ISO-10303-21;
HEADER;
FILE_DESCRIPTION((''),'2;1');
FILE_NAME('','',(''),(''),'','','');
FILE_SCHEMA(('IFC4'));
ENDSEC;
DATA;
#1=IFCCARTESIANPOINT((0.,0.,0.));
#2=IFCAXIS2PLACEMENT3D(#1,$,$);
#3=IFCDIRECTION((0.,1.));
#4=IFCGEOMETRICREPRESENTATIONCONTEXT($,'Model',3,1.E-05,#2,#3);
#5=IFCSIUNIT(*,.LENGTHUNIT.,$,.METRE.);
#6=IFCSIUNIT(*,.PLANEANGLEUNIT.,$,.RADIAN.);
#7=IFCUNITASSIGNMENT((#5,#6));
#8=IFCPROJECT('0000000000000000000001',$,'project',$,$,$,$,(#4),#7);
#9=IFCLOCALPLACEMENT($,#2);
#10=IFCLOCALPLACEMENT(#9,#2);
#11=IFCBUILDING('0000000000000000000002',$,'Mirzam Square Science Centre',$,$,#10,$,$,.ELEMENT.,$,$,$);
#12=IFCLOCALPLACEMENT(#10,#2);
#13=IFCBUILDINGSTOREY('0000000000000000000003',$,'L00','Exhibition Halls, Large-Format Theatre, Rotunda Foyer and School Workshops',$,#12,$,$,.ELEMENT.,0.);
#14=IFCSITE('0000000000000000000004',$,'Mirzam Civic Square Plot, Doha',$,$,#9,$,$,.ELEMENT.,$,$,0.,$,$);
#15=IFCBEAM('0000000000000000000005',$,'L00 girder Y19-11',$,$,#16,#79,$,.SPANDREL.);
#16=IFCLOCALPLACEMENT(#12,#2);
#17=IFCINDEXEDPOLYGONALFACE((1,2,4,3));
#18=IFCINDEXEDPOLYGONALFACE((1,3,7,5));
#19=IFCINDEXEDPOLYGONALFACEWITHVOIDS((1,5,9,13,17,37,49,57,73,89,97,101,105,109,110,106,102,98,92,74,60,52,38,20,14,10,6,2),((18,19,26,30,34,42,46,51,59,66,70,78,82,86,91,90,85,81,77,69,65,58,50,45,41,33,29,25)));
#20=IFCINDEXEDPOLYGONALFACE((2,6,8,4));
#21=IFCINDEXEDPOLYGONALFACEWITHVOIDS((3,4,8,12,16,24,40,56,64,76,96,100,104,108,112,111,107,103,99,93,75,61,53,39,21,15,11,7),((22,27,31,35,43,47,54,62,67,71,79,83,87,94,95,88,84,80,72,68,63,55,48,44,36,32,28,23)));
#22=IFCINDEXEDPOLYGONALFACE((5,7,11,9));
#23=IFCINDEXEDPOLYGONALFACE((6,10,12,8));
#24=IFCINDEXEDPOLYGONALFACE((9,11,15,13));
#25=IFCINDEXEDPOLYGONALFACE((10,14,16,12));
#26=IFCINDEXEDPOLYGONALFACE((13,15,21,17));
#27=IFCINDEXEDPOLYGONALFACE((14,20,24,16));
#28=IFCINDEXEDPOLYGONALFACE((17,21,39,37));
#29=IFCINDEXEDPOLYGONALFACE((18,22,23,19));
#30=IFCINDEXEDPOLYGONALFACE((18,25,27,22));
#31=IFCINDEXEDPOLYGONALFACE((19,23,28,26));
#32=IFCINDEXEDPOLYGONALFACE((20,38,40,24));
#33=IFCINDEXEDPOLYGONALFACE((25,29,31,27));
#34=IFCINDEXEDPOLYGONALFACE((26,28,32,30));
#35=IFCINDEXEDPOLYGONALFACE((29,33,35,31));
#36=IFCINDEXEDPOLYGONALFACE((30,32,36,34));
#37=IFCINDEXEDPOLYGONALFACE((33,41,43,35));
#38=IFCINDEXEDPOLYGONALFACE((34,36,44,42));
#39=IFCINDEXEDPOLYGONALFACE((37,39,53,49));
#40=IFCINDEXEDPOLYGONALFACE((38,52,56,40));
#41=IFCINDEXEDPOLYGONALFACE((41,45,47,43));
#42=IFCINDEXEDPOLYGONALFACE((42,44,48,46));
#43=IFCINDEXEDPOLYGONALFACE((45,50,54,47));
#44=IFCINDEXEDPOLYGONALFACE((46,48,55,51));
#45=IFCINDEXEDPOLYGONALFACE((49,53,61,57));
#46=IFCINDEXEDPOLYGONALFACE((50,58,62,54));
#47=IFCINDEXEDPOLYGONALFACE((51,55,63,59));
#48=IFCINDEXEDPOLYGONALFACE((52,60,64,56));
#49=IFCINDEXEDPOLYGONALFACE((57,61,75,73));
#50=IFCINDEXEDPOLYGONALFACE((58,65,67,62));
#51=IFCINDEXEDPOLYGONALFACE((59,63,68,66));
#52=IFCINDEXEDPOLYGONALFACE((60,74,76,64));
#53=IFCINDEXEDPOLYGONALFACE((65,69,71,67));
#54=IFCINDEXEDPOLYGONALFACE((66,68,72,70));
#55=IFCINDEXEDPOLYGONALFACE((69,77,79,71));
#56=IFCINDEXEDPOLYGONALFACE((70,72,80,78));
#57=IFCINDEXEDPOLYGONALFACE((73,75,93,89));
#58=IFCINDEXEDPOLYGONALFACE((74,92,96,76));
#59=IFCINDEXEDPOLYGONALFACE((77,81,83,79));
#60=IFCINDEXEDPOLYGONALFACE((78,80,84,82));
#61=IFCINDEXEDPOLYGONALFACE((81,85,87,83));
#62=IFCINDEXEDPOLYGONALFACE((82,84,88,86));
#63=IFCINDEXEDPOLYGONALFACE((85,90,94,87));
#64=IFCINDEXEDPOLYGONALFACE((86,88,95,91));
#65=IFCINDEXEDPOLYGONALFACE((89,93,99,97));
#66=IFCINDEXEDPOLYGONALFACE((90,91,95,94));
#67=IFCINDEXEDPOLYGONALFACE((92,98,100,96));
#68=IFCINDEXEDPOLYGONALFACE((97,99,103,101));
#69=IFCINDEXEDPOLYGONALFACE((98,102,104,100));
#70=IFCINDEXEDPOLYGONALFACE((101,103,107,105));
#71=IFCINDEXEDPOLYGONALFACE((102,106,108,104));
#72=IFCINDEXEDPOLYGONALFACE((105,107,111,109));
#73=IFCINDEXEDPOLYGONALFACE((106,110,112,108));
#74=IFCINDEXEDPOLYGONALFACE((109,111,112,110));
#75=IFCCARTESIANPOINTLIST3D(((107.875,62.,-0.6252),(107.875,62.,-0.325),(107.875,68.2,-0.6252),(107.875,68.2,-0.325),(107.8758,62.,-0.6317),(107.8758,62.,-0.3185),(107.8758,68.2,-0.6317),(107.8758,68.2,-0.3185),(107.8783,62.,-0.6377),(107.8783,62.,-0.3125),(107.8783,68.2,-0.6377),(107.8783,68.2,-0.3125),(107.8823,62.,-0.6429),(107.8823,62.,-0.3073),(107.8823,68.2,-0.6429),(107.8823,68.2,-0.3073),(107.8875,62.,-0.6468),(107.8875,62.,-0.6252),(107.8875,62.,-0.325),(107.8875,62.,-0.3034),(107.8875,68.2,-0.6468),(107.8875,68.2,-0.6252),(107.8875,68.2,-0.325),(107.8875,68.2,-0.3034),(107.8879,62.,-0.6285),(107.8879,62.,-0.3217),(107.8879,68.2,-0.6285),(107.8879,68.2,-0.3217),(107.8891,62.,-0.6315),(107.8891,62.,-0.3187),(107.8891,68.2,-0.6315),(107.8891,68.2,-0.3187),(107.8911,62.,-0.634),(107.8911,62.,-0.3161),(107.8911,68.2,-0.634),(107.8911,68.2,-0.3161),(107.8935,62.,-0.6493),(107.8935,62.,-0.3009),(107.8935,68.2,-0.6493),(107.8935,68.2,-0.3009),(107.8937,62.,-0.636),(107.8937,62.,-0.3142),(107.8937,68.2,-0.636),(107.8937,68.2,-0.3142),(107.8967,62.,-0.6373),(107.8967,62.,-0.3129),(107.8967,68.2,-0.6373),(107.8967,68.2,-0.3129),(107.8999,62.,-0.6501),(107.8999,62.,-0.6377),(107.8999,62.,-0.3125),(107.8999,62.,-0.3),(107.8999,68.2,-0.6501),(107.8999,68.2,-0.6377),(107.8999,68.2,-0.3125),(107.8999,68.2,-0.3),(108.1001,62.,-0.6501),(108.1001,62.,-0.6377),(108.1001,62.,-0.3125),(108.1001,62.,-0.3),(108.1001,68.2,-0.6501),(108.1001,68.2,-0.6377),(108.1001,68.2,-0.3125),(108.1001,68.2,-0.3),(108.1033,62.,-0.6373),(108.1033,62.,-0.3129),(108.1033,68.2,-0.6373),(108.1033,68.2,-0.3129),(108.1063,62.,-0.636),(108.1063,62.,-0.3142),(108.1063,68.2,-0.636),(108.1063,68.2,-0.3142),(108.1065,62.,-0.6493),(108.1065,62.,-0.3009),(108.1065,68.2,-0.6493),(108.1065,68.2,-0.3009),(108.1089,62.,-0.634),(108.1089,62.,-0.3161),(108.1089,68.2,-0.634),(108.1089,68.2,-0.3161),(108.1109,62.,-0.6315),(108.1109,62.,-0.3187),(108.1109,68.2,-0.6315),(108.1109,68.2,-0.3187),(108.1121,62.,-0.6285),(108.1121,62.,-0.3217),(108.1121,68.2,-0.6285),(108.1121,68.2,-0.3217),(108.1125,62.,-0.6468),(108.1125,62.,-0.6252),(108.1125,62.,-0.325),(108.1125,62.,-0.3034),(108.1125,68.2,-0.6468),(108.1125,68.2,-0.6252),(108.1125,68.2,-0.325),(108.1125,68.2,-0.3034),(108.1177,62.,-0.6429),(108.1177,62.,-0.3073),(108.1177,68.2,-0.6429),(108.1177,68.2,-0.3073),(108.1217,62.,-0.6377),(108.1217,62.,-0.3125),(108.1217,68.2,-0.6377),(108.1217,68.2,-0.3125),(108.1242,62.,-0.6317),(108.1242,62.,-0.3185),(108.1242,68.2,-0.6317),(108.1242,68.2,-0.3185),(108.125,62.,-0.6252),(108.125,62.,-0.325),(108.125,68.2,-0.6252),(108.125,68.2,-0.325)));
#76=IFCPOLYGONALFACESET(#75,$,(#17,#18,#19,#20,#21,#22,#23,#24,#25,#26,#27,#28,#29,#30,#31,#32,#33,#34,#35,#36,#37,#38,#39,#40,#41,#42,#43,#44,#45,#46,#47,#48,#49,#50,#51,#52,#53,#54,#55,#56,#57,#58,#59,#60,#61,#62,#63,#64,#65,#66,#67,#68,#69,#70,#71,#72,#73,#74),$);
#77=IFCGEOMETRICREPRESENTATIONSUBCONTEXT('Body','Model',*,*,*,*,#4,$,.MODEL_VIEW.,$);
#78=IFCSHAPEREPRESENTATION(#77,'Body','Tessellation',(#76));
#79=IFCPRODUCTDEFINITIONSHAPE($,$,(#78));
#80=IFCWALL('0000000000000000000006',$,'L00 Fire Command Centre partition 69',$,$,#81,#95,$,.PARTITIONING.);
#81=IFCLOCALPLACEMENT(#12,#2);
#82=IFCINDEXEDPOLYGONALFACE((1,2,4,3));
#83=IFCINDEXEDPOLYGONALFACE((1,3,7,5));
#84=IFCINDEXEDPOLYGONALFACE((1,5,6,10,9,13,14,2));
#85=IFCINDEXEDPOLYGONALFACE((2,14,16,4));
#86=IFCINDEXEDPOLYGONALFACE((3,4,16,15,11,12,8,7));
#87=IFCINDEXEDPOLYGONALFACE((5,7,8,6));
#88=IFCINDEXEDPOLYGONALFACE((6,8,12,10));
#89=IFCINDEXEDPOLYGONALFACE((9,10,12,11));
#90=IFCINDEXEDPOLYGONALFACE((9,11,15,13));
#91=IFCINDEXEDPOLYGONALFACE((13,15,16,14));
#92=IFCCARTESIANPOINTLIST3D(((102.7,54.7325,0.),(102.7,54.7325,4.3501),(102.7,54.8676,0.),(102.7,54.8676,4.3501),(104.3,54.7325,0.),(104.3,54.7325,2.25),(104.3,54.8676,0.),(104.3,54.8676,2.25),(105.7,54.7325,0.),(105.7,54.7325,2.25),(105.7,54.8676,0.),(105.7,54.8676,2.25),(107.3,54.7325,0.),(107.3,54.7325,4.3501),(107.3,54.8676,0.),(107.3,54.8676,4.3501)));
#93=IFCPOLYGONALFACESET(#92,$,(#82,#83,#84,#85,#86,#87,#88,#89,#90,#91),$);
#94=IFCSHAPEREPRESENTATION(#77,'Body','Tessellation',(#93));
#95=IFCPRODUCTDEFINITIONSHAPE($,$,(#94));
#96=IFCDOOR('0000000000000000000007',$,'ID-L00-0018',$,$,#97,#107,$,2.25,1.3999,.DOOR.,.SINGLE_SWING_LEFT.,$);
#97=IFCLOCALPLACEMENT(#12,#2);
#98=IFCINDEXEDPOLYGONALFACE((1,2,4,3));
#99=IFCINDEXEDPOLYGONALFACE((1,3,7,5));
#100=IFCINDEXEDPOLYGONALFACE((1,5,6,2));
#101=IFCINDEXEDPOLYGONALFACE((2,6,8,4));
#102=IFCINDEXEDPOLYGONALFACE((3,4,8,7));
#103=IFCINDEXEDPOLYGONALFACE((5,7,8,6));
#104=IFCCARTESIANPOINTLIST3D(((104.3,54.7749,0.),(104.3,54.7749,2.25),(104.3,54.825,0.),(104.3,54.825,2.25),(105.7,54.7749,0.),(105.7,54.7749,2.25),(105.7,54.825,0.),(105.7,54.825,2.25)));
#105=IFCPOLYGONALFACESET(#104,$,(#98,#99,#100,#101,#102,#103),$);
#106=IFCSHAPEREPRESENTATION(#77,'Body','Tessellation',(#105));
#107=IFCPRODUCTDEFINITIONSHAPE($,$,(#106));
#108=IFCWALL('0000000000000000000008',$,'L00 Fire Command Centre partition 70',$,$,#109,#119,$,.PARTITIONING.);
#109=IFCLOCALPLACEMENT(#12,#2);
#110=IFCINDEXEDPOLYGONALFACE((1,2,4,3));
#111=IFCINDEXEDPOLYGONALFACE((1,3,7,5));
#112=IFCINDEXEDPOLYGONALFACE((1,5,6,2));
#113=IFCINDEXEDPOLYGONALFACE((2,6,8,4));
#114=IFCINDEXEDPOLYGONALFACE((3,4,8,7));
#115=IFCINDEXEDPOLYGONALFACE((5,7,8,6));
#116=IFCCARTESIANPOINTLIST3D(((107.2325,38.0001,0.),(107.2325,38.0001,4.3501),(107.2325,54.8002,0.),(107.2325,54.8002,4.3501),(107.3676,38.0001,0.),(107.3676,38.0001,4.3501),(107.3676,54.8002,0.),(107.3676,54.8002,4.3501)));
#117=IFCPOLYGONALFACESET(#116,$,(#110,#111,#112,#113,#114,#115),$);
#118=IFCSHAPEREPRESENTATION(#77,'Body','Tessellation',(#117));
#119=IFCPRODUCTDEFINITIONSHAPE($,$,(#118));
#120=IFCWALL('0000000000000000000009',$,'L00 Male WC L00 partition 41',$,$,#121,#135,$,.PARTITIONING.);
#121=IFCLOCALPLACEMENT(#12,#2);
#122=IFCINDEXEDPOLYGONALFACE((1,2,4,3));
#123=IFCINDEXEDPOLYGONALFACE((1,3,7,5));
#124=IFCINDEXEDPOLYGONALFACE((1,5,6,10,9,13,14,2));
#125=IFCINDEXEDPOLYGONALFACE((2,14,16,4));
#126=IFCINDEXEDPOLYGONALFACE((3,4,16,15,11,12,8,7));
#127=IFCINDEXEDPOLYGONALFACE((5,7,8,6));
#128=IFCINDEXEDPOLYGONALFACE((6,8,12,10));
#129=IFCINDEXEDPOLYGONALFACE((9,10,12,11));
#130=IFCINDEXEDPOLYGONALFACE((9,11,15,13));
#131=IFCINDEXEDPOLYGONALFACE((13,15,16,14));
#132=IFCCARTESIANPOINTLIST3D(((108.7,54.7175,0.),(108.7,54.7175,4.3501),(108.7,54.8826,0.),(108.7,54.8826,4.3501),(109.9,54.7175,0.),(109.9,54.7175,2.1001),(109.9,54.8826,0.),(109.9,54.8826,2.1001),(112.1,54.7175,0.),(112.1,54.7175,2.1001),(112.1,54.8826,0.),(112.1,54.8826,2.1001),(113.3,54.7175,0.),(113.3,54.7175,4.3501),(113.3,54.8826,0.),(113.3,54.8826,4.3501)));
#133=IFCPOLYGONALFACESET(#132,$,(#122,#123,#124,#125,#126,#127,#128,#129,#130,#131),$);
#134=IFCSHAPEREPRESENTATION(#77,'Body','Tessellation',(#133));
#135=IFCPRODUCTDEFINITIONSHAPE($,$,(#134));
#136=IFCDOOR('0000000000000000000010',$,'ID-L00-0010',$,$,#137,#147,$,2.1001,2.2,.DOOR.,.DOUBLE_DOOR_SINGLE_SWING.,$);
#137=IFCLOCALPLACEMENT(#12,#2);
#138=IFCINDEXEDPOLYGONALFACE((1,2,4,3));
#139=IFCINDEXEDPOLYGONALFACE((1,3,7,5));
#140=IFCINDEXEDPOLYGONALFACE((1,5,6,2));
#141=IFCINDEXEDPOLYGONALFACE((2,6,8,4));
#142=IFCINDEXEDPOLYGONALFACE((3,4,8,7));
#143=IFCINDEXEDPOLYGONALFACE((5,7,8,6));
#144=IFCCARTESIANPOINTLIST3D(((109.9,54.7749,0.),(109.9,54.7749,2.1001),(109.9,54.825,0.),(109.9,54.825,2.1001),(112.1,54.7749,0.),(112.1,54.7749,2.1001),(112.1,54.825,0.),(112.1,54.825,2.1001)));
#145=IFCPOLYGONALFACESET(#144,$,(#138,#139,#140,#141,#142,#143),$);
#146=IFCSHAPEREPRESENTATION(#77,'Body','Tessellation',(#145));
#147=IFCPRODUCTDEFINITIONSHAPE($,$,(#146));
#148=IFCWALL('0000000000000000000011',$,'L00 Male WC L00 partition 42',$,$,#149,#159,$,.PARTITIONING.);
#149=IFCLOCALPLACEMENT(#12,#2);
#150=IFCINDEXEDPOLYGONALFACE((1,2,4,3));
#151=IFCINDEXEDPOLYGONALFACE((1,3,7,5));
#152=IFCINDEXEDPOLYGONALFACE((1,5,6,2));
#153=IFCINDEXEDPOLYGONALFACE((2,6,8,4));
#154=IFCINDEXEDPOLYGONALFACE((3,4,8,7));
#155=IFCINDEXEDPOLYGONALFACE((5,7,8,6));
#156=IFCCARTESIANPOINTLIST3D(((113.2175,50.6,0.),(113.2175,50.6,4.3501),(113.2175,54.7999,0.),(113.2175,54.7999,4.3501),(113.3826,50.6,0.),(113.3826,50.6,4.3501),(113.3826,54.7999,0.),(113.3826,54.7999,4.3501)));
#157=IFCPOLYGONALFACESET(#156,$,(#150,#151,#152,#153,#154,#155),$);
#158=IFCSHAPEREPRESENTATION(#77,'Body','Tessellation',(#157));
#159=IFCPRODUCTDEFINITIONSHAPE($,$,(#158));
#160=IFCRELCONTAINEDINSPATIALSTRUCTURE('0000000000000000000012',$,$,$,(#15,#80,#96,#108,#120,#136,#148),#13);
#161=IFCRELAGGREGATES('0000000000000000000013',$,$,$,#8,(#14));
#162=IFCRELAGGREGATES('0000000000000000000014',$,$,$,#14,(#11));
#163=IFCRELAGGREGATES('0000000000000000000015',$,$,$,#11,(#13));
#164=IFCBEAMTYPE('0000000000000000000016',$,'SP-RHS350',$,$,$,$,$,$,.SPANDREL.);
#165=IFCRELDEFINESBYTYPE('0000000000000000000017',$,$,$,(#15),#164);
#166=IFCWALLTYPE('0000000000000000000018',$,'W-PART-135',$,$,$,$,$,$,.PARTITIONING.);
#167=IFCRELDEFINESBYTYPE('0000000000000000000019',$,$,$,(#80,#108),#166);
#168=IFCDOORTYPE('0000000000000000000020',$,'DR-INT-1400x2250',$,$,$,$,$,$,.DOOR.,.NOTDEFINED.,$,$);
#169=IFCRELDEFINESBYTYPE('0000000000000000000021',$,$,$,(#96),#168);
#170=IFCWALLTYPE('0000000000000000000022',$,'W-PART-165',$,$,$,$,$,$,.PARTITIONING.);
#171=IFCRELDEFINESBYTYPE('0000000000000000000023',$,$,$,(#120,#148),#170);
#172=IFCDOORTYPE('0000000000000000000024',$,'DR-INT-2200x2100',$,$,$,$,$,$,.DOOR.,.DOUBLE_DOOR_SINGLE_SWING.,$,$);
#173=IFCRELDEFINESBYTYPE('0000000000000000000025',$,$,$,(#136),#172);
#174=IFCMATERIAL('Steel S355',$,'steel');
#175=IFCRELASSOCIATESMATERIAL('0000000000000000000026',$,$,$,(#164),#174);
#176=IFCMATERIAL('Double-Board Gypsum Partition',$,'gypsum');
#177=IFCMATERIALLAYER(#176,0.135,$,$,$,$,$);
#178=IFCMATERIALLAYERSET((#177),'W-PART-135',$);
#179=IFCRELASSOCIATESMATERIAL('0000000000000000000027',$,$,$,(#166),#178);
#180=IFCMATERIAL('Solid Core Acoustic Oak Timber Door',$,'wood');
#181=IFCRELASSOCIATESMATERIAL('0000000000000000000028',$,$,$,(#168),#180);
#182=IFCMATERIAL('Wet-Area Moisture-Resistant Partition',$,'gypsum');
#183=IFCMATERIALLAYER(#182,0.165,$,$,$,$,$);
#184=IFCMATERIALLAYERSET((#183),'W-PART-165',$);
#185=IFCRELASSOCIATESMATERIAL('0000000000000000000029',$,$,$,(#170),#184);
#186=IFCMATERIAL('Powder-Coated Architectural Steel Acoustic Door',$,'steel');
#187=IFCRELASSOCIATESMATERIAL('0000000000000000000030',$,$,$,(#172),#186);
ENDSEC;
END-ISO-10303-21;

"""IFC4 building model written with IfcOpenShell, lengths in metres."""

from ifc_helpers import new_model, si_unit, direction, frame, frame_2d, origin, origin_2d, place, context, subcontext, project, spatial, rectangle, hollow_rectangle, extrude, material, layer, layer_set, material_profile, profile_set, type_object, element, fill, save


model = new_model("IFC4")

# Units and contexts
model_context = context("Model", 3, precision=1e-05, world=origin(), true_north=direction((0.0, 1.0)))
body_context = subcontext(model_context, "Body", "Model", "MODEL_VIEW")
ifc_project = project(units=[si_unit("LENGTHUNIT", "METRE"), si_unit("PLANEANGLEUNIT", "RADIAN")], contexts=[model_context])

# Site, building, storey
site_placement = place(None, origin())
site = spatial("IfcSite", under=ifc_project, at=site_placement, Name="Mirzam Civic Square Plot, Doha", CompositionType="ELEMENT", RefElevation=0.0)
building_placement = place(site_placement, origin())
building = spatial("IfcBuilding", under=site, at=building_placement, Name="Mirzam Square Science Centre", CompositionType="ELEMENT")
storey_placement = place(building_placement, origin())
storey = spatial("IfcBuildingStorey", under=building, at=storey_placement, Name="L00", Description="Exhibition Halls, Large-Format Theatre, Rotunda Foyer and School Workshops", CompositionType="ELEMENT", Elevation=0.0)

# Shared definitions
ifc_material_1 = material(Name="Steel S355", Category="steel")

# Beam
ifc_material_profile_1 = material_profile(ifc_material_1, hollow_rectangle(XDim=0.25, YDim=0.3501, WallThickness=0.0125, InnerFilletRadius=0.0125, OuterFilletRadius=0.0249, at=origin_2d()), Name="350x250x12.5RHS")
ifc_profile_set_1 = profile_set([ifc_material_profile_1], Name="Steel S355")
beam_type_1 = type_object("IfcBeamType", Name="SP-RHS350", PredefinedType="SPANDREL", material=ifc_profile_set_1)
beam_1_placement = place(storey_placement, frame((108.0, 62.0, -0.4751), z_axis=(0.0, 1.0, 0.0), x_axis=(-1.0, 0.0, 0.0)))
element("IfcBeam", 1, at=beam_1_placement, inside=storey, type_object=beam_type_1, Name="L00 girder Y19-11", PredefinedType="SPANDREL", context=body_context, shape_type="SweptSolid", body=[
    extrude(hollow_rectangle(XDim=0.25, YDim=0.3501, WallThickness=0.0125, InnerFilletRadius=0.0125, OuterFilletRadius=0.0249, at=origin_2d()), origin(), (0.0, 0.0, 1.0), 6.2),
])

# Wall, opening, door
ifc_material_2 = material(Name="Double-Board Gypsum Partition", Category="gypsum")
ifc_layer_1 = layer(ifc_material_2, 0.135)
ifc_layer_set_1 = layer_set([ifc_layer_1], Name="W-PART-135")
wall_type_1 = type_object("IfcWallType", Name="W-PART-135", PredefinedType="PARTITIONING", material=ifc_layer_set_1)
wall_1_placement = place(storey_placement, frame((102.7, 54.8, 0.0), z_axis=(0.0, 0.0, 1.0), x_axis=(1.0, 0.0, 0.0)))
wall_1 = element("IfcWall", 2, at=wall_1_placement, inside=storey, type_object=wall_type_1, Name="L00 Fire Command Centre partition 69", PredefinedType="PARTITIONING", context=body_context, shape_type="SweptSolid", body=[
    extrude(rectangle(XDim=4.6001, YDim=0.135, at=frame_2d((2.3, 0.0))), origin(), (0.0, 0.0, 1.0), 4.3501),
])
opening_1_placement = place(wall_1_placement, frame((1.6001, 0.0, 0.0)))
opening_1 = element("IfcOpeningElement", 3, at=opening_1_placement, cuts=wall_1, PredefinedType="OPENING", context=body_context, shape_type="SweptSolid", body=[
    extrude(rectangle(XDim=1.3999, YDim=2.25, at=frame_2d((0.7, 1.125))), frame((0.0, 0.0774, 0.0), z_axis=(0.0, -1.0, 0.0), x_axis=(1.0, 0.0, 0.0)), (0.0, 0.0, 1.0), 0.155),
])
ifc_material_3 = material(Name="Solid Core Acoustic Oak Timber Door", Category="wood")
door_type_1 = type_object("IfcDoorType", Name="DR-INT-1400x2250", OperationType="NOTDEFINED", PredefinedType="DOOR", material=ifc_material_3)
door_1_placement = place(opening_1_placement, origin())
door_1 = element("IfcDoor", 4, at=door_1_placement, inside=storey, type_object=door_type_1, Name="ID-L00-0018", OperationType="SINGLE_SWING_LEFT", OverallHeight=2.25, OverallWidth=1.3999, PredefinedType="DOOR", context=body_context, shape_type="SweptSolid", body=[
    extrude(rectangle(XDim=1.3999, YDim=2.25, at=frame_2d((0.7, 1.125))), frame((0.0, 0.0249, 0.0), z_axis=(0.0, -1.0, 0.0), x_axis=(1.0, 0.0, 0.0)), (0.0, 0.0, 1.0), 0.05),
])
fill(opening_1, door_1)

# Wall
wall_2_placement = place(storey_placement, frame((107.3, 54.8, 0.0), z_axis=(0.0, 0.0, 1.0), x_axis=(0.0, -1.0, 0.0)))
element("IfcWall", 5, at=wall_2_placement, inside=storey, type_object=wall_type_1, Name="L00 Fire Command Centre partition 70", PredefinedType="PARTITIONING", context=body_context, shape_type="SweptSolid", body=[
    extrude(rectangle(XDim=16.8, YDim=0.135, at=frame_2d((8.3999, 0.0))), origin(), (0.0, 0.0, 1.0), 4.3501),
])

# Wall, opening, door
ifc_material_4 = material(Name="Wet-Area Moisture-Resistant Partition", Category="gypsum")
ifc_layer_2 = layer(ifc_material_4, 0.165)
ifc_layer_set_2 = layer_set([ifc_layer_2], Name="W-PART-165")
wall_type_2 = type_object("IfcWallType", Name="W-PART-165", PredefinedType="PARTITIONING", material=ifc_layer_set_2)
wall_3_placement = place(storey_placement, frame((108.7, 54.8, 0.0), z_axis=(0.0, 0.0, 1.0), x_axis=(1.0, 0.0, 0.0)))
wall_3 = element("IfcWall", 6, at=wall_3_placement, inside=storey, type_object=wall_type_2, Name="L00 Male WC L00 partition 41", PredefinedType="PARTITIONING", context=body_context, shape_type="SweptSolid", body=[
    extrude(rectangle(XDim=4.6001, YDim=0.165, at=frame_2d((2.3, 0.0))), origin(), (0.0, 0.0, 1.0), 4.3501),
])
opening_2_placement = place(wall_3_placement, frame((1.2, 0.0, 0.0)))
opening_2 = element("IfcOpeningElement", 7, at=opening_2_placement, cuts=wall_3, PredefinedType="OPENING", context=body_context, shape_type="SweptSolid", body=[
    extrude(rectangle(XDim=2.2, YDim=2.1001, at=frame_2d((1.1001, 1.05))), frame((0.0, 0.0925, 0.0), z_axis=(0.0, -1.0, 0.0), x_axis=(1.0, 0.0, 0.0)), (0.0, 0.0, 1.0), 0.1851),
])
ifc_material_5 = material(Name="Powder-Coated Architectural Steel Acoustic Door", Category="steel")
door_type_2 = type_object("IfcDoorType", Name="DR-INT-2200x2100", OperationType="DOUBLE_DOOR_SINGLE_SWING", PredefinedType="DOOR", material=ifc_material_5)
door_2_placement = place(opening_2_placement, origin())
door_2 = element("IfcDoor", 8, at=door_2_placement, inside=storey, type_object=door_type_2, Name="ID-L00-0010", OperationType="DOUBLE_DOOR_SINGLE_SWING", OverallHeight=2.1001, OverallWidth=2.2, PredefinedType="DOOR", context=body_context, shape_type="SweptSolid", body=[
    extrude(rectangle(XDim=2.2, YDim=2.1001, at=frame_2d((1.1001, 1.05))), frame((0.0, 0.0249, 0.0), z_axis=(0.0, -1.0, 0.0), x_axis=(1.0, 0.0, 0.0)), (0.0, 0.0, 1.0), 0.05),
])
fill(opening_2, door_2)

# Wall
wall_4_placement = place(storey_placement, frame((113.3, 54.8, 0.0), z_axis=(0.0, 0.0, 1.0), x_axis=(0.0, -1.0, 0.0)))
element("IfcWall", 9, at=wall_4_placement, inside=storey, type_object=wall_type_2, Name="L00 Male WC L00 partition 42", PredefinedType="PARTITIONING", context=body_context, shape_type="SweptSolid", body=[
    extrude(rectangle(XDim=4.2, YDim=0.165, at=frame_2d((2.1001, 0.0))), origin(), (0.0, 0.0, 1.0), 4.3501),
])

save(model, "model.ifc")
